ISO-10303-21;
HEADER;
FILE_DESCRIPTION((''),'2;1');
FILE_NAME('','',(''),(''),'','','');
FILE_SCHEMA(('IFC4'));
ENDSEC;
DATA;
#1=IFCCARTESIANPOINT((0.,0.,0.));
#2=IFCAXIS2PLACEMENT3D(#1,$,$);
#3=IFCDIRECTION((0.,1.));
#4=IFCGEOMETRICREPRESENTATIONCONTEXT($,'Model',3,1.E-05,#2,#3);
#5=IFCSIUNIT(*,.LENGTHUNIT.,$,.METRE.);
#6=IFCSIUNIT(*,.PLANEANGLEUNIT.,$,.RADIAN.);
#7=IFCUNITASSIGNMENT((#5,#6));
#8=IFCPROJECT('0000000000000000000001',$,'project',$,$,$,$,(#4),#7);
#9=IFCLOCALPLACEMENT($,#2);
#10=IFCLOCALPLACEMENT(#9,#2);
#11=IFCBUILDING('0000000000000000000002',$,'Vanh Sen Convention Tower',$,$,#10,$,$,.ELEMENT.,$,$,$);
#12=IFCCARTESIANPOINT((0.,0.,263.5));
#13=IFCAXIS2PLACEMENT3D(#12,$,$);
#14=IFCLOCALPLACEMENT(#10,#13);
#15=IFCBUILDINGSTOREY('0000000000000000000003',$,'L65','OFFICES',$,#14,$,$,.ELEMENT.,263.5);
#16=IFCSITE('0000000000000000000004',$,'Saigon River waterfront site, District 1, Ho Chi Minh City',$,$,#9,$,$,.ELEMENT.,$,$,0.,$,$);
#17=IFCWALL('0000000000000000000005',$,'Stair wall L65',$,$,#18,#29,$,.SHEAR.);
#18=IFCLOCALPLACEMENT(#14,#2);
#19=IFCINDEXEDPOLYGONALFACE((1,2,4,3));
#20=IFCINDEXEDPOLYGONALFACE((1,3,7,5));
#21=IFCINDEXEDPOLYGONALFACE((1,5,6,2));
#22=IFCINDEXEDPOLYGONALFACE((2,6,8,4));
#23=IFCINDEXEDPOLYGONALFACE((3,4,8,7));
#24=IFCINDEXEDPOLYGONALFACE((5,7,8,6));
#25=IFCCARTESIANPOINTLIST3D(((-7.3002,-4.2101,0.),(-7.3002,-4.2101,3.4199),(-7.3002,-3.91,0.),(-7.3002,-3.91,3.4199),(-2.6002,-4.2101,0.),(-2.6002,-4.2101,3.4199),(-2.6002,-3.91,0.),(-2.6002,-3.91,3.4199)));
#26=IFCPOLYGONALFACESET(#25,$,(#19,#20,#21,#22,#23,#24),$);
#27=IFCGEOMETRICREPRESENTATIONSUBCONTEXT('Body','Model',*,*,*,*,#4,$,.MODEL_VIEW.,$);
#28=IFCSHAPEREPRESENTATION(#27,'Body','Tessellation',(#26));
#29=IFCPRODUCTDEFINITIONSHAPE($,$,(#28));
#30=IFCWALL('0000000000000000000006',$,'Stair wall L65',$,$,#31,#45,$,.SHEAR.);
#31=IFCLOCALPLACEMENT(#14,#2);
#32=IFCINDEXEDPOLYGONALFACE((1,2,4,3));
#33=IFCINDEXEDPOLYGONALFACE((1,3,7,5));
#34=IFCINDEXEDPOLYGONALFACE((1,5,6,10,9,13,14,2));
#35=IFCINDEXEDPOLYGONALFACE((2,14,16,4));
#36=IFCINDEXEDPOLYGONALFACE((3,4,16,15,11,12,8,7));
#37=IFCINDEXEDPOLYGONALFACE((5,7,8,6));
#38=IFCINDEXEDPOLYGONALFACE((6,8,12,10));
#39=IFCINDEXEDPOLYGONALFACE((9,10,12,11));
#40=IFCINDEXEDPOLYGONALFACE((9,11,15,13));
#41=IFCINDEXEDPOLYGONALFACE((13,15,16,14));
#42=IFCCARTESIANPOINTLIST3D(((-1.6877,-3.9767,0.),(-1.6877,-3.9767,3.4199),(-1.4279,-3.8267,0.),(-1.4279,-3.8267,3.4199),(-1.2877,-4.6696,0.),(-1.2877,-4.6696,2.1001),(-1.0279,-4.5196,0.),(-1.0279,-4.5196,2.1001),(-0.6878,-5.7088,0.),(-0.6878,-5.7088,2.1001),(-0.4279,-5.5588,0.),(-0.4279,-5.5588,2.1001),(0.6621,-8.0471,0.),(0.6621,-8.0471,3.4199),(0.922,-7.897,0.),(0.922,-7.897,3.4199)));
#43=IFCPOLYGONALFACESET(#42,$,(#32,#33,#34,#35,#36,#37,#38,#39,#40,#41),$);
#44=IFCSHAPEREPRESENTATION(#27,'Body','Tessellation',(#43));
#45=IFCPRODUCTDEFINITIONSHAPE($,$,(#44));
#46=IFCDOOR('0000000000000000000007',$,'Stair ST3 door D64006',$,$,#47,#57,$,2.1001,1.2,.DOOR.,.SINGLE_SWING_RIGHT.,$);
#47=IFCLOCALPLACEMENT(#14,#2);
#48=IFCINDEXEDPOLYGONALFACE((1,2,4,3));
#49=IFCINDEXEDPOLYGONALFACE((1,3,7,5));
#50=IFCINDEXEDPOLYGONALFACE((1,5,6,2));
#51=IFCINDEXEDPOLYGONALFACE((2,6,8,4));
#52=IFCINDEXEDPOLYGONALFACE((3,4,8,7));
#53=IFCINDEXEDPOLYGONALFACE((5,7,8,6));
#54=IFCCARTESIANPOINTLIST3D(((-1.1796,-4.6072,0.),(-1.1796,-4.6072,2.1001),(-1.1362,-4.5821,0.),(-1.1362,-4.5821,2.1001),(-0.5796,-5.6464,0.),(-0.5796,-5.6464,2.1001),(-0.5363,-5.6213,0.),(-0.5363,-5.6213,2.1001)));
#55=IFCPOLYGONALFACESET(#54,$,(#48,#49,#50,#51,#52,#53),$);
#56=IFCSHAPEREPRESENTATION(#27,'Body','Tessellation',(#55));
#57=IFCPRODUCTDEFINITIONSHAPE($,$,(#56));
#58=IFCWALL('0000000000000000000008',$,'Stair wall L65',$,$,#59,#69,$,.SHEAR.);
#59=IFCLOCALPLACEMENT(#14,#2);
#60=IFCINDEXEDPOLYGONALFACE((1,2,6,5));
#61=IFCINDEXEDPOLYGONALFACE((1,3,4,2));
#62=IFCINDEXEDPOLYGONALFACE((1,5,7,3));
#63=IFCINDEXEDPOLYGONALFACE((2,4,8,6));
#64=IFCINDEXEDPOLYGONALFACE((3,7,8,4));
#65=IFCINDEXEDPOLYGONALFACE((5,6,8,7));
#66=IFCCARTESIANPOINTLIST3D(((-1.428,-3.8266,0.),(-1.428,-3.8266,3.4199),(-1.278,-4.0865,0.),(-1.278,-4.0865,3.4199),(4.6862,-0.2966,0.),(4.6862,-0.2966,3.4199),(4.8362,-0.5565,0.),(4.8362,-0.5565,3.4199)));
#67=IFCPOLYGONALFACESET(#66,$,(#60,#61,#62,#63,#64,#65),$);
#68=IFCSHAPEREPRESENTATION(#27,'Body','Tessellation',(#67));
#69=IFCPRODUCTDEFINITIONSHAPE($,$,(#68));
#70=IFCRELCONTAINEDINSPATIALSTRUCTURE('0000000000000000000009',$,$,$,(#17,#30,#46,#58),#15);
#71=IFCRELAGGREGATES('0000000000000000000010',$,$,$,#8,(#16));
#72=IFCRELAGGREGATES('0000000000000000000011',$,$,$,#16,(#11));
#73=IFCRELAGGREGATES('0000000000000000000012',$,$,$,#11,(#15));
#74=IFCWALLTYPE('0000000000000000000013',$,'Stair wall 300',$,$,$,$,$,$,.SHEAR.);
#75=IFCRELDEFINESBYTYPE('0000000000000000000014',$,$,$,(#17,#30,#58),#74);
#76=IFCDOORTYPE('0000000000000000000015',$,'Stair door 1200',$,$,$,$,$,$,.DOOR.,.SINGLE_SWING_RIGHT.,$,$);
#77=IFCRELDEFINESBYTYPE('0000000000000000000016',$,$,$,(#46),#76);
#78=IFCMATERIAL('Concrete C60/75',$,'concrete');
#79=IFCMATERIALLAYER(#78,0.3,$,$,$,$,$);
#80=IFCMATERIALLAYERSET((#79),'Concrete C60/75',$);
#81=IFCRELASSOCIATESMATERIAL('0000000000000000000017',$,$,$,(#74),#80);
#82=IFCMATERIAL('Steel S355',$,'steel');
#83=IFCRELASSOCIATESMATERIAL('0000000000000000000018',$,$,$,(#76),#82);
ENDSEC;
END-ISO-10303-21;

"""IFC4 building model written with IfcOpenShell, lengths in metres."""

from ifc_helpers import new_model, si_unit, direction, frame, frame_2d, origin, place, context, subcontext, project, spatial, rectangle, extrude, material, layer, layer_set, type_object, element, fill, save


model = new_model("IFC4")

# Units and contexts
model_context = context("Model", 3, precision=1e-05, world=origin(), true_north=direction((0.0, 1.0)))
body_context = subcontext(model_context, "Body", "Model", "MODEL_VIEW")
ifc_project = project(units=[si_unit("LENGTHUNIT", "METRE"), si_unit("PLANEANGLEUNIT", "RADIAN")], contexts=[model_context])

# Site, building, storey
site_placement = place(None, origin())
site = spatial("IfcSite", under=ifc_project, at=site_placement, Name="Saigon River waterfront site, District 1, Ho Chi Minh City", CompositionType="ELEMENT", RefElevation=0.0)
building_placement = place(site_placement, origin())
building = spatial("IfcBuilding", under=site, at=building_placement, Name="Vanh Sen Convention Tower", CompositionType="ELEMENT")
storey_placement = place(building_placement, frame((0.0, 0.0, 263.5)))
storey = spatial("IfcBuildingStorey", under=building, at=storey_placement, Name="L65", Description="OFFICES", CompositionType="ELEMENT", Elevation=263.5)

# Shared definitions
ifc_material_1 = material(Name="Concrete C60/75", Category="concrete")
ifc_material_2 = material(Name="Steel S355", Category="steel")

# Wall
ifc_layer_1 = layer(ifc_material_1, 0.3)
ifc_layer_set_1 = layer_set([ifc_layer_1], Name="Concrete C60/75")
wall_type_1 = type_object("IfcWallType", Name="Stair wall 300", PredefinedType="SHEAR", material=ifc_layer_set_1)
wall_1_placement = place(storey_placement, frame((-2.6001, -4.0601, 0.0), z_axis=(0.0, 0.0, 1.0), x_axis=(-1.0, 0.0, 0.0)))
element("IfcWall", 1, at=wall_1_placement, inside=storey, type_object=wall_type_1, Name="Stair wall L65", PredefinedType="SHEAR", context=body_context, shape_type="SweptSolid", body=[
    extrude(rectangle(XDim=4.7, YDim=0.3, at=frame_2d((2.3501, 0.0))), origin(), (0.0, 0.0, 1.0), 3.4199),
])

# Wall, opening, door
wall_2_placement = place(storey_placement, frame((-1.5579, -3.9016, 0.0), z_axis=(0.0, 0.0, 1.0), x_axis=(0.499977, -0.866039, 0.0)))
wall_2 = element("IfcWall", 2, at=wall_2_placement, inside=storey, type_object=wall_type_1, Name="Stair wall L65", PredefinedType="SHEAR", context=body_context, shape_type="SweptSolid", body=[
    extrude(rectangle(XDim=4.7, YDim=0.3, at=frame_2d((2.3501, 0.0))), origin(), (0.0, 0.0, 1.0), 3.4199),
])
opening_1_placement = place(wall_2_placement, frame((0.8, 0.0, 0.0)))
opening_1 = element("IfcOpeningElement", 3, at=opening_1_placement, cuts=wall_2, PredefinedType="OPENING", context=body_context, shape_type="SweptSolid", body=[
    extrude(rectangle(XDim=1.2, YDim=2.1001, at=frame_2d((0.6001, 1.05))), frame((0.0, 0.1599, 0.0), z_axis=(0.0, -1.0, 0.0), x_axis=(1.0, 0.0, 0.0)), (0.0, 0.0, 1.0), 0.3201),
])
door_type_1 = type_object("IfcDoorType", Name="Stair door 1200", OperationType="SINGLE_SWING_RIGHT", PredefinedType="DOOR", material=ifc_material_2)
door_1_placement = place(opening_1_placement, origin())
door_1 = element("IfcDoor", 4, at=door_1_placement, inside=storey, type_object=door_type_1, Name="Stair ST3 door D64006", OperationType="SINGLE_SWING_RIGHT", OverallHeight=2.1001, OverallWidth=1.2, PredefinedType="DOOR", context=body_context, shape_type="SweptSolid", body=[
    extrude(rectangle(XDim=1.2, YDim=2.1001, at=frame_2d((0.6001, 1.05))), frame((0.0, 0.0249, 0.0), z_axis=(0.0, -1.0, 0.0), x_axis=(1.0, 0.0, 0.0)), (0.0, 0.0, 1.0), 0.05),
])
fill(opening_1, door_1)

# Wall
wall_3_placement = place(storey_placement, frame((-1.353, -3.9565, 0.0), z_axis=(0.0, 0.0, 1.0), x_axis=(0.866028, 0.499996, 0.0)))
element("IfcWall", 5, at=wall_3_placement, inside=storey, type_object=wall_type_1, Name="Stair wall L65", PredefinedType="SHEAR", context=body_context, shape_type="SweptSolid", body=[
    extrude(rectangle(XDim=7.0601, YDim=0.3, at=frame_2d((3.53, 0.0))), origin(), (0.0, 0.0, 1.0), 3.4199),
])

save(model, "model.ifc")
